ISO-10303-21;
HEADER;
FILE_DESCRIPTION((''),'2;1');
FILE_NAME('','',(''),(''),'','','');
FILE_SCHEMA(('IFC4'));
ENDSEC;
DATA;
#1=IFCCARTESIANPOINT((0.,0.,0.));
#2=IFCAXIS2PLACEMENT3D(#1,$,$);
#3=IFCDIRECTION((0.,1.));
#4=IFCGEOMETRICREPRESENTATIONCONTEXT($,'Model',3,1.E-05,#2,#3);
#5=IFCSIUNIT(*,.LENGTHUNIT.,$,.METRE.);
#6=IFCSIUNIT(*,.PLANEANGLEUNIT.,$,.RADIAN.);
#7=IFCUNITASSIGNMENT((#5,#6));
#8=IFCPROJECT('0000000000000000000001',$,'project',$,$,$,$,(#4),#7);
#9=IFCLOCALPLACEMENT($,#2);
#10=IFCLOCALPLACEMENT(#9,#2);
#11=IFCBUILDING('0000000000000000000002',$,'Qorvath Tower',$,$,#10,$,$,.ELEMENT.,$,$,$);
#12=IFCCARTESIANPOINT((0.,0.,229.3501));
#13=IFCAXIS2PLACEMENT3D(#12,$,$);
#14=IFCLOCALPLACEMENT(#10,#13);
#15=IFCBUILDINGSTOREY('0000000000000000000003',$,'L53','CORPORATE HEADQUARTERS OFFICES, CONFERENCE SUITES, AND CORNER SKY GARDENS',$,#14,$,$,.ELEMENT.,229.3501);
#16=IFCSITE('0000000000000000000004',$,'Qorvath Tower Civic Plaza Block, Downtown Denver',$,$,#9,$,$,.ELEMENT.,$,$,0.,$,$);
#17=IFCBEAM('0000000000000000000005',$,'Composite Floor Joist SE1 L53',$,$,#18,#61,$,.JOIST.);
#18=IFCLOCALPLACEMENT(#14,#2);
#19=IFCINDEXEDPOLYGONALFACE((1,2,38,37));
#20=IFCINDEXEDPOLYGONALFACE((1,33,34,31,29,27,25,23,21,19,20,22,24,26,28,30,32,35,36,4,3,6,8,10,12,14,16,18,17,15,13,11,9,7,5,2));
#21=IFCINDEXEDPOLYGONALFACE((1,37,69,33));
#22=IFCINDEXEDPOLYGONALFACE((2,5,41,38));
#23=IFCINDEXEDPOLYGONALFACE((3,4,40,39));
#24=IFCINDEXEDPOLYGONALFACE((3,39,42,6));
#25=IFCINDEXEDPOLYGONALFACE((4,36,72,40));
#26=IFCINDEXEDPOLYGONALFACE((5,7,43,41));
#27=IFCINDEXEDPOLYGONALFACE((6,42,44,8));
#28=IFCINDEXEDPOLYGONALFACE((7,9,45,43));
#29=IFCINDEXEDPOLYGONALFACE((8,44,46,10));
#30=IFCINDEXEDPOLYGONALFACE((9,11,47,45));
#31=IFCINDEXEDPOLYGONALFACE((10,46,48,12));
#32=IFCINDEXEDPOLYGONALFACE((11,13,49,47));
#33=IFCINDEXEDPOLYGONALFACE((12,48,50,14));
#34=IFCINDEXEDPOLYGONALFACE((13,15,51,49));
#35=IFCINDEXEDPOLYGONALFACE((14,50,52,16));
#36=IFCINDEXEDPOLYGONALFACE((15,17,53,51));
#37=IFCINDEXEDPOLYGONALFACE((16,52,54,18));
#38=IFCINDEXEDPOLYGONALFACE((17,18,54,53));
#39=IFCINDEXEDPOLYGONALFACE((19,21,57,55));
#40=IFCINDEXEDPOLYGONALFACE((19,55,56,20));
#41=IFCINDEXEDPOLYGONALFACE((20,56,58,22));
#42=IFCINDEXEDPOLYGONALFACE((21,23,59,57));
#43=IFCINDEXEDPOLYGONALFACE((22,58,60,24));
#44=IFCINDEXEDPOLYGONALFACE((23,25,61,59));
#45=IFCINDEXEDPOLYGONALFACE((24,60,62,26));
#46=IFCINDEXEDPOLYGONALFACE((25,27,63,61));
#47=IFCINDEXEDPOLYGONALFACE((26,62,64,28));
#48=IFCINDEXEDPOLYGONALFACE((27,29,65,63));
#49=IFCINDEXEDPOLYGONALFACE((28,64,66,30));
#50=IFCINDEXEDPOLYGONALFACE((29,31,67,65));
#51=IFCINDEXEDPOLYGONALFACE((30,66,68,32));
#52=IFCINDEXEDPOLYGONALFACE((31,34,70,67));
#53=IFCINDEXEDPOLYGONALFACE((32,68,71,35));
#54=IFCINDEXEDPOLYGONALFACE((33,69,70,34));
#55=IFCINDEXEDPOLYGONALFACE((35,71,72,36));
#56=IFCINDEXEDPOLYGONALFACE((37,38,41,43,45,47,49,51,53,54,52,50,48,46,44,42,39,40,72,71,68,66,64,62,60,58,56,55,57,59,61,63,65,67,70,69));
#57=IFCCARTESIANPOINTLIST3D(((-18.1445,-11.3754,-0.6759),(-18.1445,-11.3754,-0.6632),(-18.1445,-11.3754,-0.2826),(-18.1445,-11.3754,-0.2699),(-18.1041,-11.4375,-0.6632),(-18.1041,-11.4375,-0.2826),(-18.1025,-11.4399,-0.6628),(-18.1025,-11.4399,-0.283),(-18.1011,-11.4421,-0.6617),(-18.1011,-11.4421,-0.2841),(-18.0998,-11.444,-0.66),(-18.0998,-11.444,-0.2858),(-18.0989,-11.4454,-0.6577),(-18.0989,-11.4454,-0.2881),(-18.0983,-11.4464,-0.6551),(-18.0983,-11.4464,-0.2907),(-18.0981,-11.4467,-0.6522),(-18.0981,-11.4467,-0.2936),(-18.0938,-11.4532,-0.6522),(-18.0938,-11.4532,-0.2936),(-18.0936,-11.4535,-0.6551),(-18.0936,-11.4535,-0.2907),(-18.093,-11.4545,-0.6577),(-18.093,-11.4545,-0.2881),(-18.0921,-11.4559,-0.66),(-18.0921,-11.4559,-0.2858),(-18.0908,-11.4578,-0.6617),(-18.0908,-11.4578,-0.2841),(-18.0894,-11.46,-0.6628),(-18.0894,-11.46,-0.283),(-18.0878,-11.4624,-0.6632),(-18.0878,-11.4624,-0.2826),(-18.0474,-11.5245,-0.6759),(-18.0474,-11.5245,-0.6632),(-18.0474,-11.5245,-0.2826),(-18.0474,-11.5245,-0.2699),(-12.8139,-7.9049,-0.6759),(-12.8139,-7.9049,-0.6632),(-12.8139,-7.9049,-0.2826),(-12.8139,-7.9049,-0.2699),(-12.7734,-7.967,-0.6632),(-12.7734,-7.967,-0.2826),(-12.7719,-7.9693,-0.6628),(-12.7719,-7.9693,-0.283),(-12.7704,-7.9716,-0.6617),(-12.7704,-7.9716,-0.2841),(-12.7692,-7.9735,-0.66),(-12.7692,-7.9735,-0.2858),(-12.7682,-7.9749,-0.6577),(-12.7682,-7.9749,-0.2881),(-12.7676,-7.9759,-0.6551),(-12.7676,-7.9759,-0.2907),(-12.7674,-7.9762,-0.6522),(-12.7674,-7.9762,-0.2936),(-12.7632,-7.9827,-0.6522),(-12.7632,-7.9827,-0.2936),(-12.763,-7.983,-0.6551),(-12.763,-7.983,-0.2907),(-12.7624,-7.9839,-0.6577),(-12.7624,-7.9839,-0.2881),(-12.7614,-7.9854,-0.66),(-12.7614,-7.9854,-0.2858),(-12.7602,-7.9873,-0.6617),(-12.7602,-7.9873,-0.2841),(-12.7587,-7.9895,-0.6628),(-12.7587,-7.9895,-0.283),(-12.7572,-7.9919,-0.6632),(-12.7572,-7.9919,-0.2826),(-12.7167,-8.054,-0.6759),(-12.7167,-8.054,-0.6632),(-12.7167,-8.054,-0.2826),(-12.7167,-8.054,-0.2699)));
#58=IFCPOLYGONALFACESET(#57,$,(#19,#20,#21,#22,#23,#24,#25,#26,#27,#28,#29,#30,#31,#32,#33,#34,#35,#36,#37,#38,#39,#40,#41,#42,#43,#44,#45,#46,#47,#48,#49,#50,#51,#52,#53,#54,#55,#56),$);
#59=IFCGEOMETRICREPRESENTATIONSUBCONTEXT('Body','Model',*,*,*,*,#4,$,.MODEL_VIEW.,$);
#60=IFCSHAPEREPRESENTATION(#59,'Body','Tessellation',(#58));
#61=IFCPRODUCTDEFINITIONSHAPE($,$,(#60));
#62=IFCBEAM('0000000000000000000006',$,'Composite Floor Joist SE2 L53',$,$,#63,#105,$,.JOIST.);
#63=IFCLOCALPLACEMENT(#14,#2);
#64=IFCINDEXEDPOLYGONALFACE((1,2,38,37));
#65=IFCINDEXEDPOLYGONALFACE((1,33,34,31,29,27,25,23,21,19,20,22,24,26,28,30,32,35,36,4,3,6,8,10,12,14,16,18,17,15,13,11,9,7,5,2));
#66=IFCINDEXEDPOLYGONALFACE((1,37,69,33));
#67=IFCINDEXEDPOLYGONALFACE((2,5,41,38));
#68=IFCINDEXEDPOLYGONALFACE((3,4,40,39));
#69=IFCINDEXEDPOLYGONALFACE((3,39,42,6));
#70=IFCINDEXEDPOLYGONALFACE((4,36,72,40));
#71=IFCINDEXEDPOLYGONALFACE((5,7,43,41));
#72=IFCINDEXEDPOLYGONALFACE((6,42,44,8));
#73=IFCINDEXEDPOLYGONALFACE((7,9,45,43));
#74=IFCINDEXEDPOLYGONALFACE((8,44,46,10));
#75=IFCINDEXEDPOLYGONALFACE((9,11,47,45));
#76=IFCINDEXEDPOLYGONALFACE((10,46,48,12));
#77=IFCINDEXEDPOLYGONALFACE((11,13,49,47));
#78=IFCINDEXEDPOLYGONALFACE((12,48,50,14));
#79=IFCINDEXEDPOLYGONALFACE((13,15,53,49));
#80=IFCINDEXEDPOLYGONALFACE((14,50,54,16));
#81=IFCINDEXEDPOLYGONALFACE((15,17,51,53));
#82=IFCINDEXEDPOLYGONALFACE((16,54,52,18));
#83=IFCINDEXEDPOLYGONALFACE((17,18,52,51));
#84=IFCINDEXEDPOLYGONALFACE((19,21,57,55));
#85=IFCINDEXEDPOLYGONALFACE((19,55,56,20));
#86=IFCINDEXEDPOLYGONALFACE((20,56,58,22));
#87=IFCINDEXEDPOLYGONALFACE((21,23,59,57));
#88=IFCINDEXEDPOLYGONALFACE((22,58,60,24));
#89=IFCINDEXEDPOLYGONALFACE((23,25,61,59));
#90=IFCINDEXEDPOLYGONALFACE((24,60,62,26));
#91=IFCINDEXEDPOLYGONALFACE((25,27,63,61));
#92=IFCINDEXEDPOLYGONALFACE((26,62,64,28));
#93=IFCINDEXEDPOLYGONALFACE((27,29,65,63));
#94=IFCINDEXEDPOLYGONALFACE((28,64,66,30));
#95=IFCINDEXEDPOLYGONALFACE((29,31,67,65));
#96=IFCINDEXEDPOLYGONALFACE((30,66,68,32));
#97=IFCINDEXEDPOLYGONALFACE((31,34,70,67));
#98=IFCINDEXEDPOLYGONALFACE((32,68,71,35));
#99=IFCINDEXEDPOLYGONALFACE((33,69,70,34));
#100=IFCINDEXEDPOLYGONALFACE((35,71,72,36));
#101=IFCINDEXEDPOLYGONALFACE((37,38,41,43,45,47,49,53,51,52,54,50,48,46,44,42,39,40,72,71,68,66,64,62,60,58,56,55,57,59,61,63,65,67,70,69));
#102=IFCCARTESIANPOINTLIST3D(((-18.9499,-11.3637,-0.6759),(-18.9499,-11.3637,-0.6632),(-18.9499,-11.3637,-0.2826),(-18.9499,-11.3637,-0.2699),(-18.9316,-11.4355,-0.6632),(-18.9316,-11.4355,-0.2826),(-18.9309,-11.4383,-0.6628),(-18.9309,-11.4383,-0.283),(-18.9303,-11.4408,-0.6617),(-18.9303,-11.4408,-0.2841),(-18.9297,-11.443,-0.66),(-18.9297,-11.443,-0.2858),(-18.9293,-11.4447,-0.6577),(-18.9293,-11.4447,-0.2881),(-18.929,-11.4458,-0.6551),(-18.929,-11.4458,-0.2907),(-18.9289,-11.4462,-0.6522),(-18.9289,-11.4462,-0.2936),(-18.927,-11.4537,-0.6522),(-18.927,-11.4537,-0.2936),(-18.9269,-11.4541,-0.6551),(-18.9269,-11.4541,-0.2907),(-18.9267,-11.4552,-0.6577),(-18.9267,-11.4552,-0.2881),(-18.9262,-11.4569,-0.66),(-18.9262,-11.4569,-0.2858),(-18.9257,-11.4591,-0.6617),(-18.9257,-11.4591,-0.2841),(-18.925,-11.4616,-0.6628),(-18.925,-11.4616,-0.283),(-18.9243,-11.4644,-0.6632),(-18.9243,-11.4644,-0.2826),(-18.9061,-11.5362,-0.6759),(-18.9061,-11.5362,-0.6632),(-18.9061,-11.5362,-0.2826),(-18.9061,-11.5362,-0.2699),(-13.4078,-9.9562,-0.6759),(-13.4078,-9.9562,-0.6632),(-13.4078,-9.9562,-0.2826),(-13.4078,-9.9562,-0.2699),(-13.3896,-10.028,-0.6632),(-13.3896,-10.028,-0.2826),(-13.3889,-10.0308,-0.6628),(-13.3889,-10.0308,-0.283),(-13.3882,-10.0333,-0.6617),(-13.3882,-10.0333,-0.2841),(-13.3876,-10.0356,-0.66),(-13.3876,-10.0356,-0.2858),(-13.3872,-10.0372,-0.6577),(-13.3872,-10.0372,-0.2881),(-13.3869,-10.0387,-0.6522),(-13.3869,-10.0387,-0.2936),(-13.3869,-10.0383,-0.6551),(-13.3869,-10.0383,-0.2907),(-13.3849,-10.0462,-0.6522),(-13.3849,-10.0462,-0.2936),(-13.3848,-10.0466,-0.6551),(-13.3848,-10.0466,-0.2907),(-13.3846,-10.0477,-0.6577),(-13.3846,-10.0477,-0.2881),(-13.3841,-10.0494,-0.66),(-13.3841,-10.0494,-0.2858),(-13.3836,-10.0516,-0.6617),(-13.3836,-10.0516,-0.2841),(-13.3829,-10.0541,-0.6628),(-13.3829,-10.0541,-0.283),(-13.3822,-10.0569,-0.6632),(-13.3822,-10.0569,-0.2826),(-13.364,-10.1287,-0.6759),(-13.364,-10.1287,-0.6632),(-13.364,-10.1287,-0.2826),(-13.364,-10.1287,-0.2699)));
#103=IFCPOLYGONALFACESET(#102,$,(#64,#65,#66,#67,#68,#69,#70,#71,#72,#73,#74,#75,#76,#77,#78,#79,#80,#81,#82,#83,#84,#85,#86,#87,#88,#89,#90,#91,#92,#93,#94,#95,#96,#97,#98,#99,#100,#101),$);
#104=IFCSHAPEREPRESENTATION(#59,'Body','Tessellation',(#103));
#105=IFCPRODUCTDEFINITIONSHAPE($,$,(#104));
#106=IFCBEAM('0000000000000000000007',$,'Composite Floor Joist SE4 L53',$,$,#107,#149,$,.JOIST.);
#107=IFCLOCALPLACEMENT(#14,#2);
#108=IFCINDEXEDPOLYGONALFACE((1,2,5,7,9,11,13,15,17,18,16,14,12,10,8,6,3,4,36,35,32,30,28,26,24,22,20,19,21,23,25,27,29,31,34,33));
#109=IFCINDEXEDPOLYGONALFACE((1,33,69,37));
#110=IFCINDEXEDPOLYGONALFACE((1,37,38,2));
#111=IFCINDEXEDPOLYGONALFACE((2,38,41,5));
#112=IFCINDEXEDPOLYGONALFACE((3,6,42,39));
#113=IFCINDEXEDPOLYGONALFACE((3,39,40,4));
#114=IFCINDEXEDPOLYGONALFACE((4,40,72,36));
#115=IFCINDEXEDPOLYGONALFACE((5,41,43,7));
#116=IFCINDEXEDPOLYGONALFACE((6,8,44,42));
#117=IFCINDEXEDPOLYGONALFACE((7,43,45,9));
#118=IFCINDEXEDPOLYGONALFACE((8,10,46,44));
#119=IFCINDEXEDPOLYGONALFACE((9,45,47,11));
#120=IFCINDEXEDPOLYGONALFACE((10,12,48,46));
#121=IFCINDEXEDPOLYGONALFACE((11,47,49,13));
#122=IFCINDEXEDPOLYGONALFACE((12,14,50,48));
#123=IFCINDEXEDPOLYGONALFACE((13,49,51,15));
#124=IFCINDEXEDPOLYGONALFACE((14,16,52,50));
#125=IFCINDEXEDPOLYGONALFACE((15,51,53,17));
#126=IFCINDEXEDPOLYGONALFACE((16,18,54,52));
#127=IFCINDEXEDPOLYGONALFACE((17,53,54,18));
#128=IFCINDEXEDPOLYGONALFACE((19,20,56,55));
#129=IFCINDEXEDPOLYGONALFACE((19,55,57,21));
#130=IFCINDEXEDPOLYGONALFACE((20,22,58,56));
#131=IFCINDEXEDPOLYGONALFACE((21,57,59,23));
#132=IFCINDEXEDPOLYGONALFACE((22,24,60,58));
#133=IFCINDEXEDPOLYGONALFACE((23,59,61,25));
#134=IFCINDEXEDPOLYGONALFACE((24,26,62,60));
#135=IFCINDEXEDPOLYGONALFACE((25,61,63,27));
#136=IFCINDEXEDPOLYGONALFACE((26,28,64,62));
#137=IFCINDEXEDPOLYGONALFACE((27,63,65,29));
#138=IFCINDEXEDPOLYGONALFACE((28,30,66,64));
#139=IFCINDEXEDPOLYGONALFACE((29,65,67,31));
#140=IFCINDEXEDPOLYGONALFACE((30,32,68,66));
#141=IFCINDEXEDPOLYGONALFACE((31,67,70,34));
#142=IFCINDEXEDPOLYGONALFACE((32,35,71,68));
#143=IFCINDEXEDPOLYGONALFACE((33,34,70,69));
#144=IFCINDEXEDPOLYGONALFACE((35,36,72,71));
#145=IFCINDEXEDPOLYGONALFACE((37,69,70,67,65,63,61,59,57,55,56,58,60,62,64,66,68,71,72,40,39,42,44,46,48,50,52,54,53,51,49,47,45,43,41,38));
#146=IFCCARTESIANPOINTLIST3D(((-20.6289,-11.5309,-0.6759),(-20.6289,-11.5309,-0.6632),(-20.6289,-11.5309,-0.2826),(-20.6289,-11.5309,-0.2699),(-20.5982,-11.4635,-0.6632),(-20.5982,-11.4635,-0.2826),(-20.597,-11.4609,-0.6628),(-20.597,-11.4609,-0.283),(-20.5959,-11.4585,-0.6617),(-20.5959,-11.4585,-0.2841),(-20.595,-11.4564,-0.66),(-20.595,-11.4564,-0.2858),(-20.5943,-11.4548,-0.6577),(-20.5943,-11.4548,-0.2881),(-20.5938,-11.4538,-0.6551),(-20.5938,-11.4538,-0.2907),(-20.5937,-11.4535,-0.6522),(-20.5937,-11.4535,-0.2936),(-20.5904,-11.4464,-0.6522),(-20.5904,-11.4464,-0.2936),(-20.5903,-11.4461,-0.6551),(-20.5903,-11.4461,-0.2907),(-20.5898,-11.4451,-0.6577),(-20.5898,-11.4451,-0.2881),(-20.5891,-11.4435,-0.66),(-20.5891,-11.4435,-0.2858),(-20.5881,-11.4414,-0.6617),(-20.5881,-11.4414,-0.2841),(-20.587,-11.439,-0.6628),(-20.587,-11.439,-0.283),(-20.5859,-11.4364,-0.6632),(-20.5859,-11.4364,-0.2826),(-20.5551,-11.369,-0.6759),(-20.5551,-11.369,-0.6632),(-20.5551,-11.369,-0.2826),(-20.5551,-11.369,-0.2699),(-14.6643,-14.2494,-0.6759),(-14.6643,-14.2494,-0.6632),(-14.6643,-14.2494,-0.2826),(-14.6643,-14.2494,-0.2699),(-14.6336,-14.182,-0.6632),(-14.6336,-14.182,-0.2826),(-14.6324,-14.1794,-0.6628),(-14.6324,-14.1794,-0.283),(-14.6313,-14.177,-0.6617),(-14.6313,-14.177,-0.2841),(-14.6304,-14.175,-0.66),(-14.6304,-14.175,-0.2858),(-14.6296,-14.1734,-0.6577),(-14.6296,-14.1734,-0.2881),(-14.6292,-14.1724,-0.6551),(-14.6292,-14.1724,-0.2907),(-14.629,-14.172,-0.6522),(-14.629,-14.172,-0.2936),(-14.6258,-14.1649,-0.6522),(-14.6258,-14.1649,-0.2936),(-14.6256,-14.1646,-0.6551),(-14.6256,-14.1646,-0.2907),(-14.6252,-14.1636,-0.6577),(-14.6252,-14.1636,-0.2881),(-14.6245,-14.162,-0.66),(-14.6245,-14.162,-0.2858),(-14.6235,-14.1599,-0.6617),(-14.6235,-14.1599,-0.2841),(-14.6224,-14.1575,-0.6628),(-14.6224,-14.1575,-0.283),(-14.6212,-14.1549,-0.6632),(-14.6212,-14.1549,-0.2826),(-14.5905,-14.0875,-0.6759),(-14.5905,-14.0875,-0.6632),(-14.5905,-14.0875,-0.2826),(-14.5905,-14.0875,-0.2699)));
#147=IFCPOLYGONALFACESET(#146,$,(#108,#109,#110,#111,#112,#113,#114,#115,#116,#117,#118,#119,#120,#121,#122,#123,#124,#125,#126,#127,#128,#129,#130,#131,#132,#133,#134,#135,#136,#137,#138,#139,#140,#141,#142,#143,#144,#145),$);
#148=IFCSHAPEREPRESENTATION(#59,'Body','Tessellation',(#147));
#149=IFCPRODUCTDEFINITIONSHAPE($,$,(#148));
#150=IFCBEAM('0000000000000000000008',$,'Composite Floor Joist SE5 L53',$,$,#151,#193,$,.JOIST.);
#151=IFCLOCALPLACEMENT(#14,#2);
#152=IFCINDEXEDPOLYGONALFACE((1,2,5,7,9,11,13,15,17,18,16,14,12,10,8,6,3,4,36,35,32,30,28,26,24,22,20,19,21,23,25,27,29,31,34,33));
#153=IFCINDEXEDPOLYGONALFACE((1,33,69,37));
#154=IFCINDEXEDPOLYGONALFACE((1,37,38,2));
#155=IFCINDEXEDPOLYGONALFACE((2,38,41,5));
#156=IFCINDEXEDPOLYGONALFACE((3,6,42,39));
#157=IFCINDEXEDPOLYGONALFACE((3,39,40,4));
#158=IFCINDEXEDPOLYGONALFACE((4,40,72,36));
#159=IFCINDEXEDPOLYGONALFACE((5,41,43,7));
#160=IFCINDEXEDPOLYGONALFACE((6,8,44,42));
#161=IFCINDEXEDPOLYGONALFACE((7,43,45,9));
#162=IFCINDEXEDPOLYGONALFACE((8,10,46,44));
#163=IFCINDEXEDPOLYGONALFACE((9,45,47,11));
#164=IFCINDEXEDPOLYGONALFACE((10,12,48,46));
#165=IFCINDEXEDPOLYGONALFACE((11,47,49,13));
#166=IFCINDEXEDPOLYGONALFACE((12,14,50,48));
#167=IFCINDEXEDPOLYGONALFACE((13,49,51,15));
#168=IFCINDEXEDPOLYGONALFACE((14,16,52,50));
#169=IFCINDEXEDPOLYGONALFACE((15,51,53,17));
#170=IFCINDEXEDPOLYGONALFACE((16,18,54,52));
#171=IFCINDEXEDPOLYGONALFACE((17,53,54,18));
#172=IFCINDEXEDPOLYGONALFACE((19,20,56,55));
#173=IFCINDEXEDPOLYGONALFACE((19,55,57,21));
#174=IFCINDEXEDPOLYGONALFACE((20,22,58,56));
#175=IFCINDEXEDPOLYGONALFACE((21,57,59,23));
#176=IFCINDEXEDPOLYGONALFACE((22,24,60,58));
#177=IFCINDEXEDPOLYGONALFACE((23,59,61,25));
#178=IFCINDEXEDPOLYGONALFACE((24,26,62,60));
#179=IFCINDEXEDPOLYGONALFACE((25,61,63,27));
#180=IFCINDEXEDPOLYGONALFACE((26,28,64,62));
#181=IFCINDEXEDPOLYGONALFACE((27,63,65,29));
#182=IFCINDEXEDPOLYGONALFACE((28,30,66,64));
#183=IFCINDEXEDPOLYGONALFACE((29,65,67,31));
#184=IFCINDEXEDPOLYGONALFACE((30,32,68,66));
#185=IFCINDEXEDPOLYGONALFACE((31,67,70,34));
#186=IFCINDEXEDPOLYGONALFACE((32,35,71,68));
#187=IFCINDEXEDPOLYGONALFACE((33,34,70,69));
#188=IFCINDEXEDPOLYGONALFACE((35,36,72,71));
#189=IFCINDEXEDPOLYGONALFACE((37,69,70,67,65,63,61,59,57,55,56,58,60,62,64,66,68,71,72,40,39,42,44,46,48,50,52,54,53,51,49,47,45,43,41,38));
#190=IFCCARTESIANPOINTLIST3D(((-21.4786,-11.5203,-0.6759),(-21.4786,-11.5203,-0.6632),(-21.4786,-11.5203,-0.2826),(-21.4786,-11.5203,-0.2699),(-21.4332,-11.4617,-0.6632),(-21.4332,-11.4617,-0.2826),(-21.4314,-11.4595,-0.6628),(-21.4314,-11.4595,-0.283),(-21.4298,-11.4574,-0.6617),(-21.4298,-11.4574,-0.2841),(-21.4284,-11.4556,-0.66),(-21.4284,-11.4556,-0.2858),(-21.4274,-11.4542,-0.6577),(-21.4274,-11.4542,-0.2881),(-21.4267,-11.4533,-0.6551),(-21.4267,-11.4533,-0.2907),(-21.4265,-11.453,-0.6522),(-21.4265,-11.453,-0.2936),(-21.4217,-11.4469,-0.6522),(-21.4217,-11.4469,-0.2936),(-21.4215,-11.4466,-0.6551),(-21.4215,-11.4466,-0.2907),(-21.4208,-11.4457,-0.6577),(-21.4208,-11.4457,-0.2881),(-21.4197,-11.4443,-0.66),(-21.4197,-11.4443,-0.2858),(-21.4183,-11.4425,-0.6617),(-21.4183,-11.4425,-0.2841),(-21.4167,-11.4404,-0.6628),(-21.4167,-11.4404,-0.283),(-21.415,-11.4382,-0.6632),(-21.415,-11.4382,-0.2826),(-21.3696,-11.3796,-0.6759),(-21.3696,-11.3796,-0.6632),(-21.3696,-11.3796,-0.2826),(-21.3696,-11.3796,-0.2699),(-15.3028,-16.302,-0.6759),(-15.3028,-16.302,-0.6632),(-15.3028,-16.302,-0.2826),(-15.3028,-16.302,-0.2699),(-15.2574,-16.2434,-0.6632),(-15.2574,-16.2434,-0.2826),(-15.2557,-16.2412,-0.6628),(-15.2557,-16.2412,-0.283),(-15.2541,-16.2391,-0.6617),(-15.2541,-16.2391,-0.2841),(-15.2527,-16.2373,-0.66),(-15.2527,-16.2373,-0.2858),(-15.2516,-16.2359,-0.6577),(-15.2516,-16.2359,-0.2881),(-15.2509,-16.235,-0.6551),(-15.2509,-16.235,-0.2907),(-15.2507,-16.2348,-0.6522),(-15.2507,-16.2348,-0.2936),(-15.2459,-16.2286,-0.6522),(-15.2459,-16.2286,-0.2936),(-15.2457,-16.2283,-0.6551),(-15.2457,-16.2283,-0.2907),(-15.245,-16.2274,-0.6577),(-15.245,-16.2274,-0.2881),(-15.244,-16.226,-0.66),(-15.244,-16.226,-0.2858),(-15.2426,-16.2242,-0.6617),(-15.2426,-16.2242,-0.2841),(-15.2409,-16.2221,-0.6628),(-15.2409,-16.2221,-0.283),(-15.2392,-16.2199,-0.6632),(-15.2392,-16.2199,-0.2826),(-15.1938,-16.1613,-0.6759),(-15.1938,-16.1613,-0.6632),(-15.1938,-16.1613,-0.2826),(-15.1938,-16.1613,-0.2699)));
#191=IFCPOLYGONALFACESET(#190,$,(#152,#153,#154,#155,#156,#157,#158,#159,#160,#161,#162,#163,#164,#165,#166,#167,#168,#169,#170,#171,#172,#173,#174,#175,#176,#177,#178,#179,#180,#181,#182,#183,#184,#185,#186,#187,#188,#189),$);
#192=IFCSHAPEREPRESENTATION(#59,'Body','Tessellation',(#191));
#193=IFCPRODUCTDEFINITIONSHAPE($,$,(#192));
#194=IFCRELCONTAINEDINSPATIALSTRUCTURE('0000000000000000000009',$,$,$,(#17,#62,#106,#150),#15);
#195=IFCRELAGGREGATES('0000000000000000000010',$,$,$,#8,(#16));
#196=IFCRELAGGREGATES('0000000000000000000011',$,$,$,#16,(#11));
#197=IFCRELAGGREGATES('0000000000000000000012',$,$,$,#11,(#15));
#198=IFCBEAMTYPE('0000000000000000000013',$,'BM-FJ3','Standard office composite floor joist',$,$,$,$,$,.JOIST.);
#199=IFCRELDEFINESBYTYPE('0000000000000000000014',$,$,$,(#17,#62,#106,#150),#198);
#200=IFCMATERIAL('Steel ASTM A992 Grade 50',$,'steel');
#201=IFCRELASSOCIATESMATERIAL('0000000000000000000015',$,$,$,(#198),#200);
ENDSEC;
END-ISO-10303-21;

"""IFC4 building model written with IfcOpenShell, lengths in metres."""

from ifc_helpers import new_model, si_unit, direction, frame, origin, origin_2d, place, context, subcontext, project, spatial, i_section, extrude, material, material_profile, profile_set, type_object, element, save


model = new_model("IFC4")

# Units and contexts
model_context = context("Model", 3, precision=1e-05, world=origin(), true_north=direction((0.0, 1.0)))
body_context = subcontext(model_context, "Body", "Model", "MODEL_VIEW")
ifc_project = project(units=[si_unit("LENGTHUNIT", "METRE"), si_unit("PLANEANGLEUNIT", "RADIAN")], contexts=[model_context])

# Site, building, storey
site_placement = place(None, origin())
site = spatial("IfcSite", under=ifc_project, at=site_placement, Name="Qorvath Tower Civic Plaza Block, Downtown Denver", CompositionType="ELEMENT", RefElevation=0.0)
building_placement = place(site_placement, origin())
building = spatial("IfcBuilding", under=site, at=building_placement, Name="Qorvath Tower", CompositionType="ELEMENT")
storey_placement = place(building_placement, frame((0.0, 0.0, 229.3501)))
storey = spatial("IfcBuildingStorey", under=building, at=storey_placement, Name="L53", Description="CORPORATE HEADQUARTERS OFFICES, CONFERENCE SUITES, AND CORNER SKY GARDENS", CompositionType="ELEMENT", Elevation=229.3501)

# Beams
ifc_material_1 = material(Name="Steel ASTM A992 Grade 50", Category="steel")
ifc_material_profile_1 = material_profile(ifc_material_1, i_section(OverallWidth=0.178, OverallDepth=0.406, WebThickness=0.0078, FlangeThickness=0.0127, FilletRadius=0.011, at=origin_2d()), Name="W16x40")
ifc_profile_set_1 = profile_set([ifc_material_profile_1], Name="Steel ASTM A992 Grade 50")
beam_type_1 = type_object("IfcBeamType", Name="BM-FJ3", Description="Standard office composite floor joist", PredefinedType="JOIST", material=ifc_profile_set_1)
beam_1_placement = place(storey_placement, frame((-18.0959, -11.45, -0.4729), z_axis=(0.838042, 0.545606, 0.0), x_axis=(-0.545606, 0.838042, 0.0)))
element("IfcBeam", 1, at=beam_1_placement, inside=storey, type_object=beam_type_1, Name="Composite Floor Joist SE1 L53", PredefinedType="JOIST", context=body_context, shape_type="SweptSolid", body=[
    extrude(i_section(OverallWidth=0.178, OverallDepth=0.406, WebThickness=0.0078, FlangeThickness=0.0127, FilletRadius=0.011, at=origin_2d()), origin(), (0.0, 0.0, 1.0), 6.3608),
])
beam_2_placement = place(storey_placement, frame((-18.928, -11.45, -0.4729), z_axis=(0.969232, 0.246151, 0.0), x_axis=(-0.246151, 0.969232, 0.0)))
element("IfcBeam", 2, at=beam_2_placement, inside=storey, type_object=beam_type_1, Name="Composite Floor Joist SE2 L53", PredefinedType="JOIST", context=body_context, shape_type="SweptSolid", body=[
    extrude(i_section(OverallWidth=0.178, OverallDepth=0.406, WebThickness=0.0078, FlangeThickness=0.0127, FilletRadius=0.011, at=origin_2d()), origin(), (0.0, 0.0, 1.0), 5.718),
])
beam_3_placement = place(storey_placement, frame((-20.592, -11.45, -0.4729), z_axis=(0.909945, -0.414729, 0.0), x_axis=(0.414729, 0.909945, 0.0)))
element("IfcBeam", 3, at=beam_3_placement, inside=storey, type_object=beam_type_1, Name="Composite Floor Joist SE4 L53", PredefinedType="JOIST", context=body_context, shape_type="SweptSolid", body=[
    extrude(i_section(OverallWidth=0.178, OverallDepth=0.406, WebThickness=0.0078, FlangeThickness=0.0127, FilletRadius=0.011, at=origin_2d()), origin(), (0.0, 0.0, 1.0), 6.5549),
])
beam_4_placement = place(storey_placement, frame((-21.4241, -11.45, -0.4729), z_axis=(0.790693, -0.612212, 0.0), x_axis=(0.612212, 0.790693, 0.0)))
element("IfcBeam", 4, at=beam_4_placement, inside=storey, type_object=beam_type_1, Name="Composite Floor Joist SE5 L53", PredefinedType="JOIST", context=body_context, shape_type="SweptSolid", body=[
    extrude(i_section(OverallWidth=0.178, OverallDepth=0.406, WebThickness=0.0078, FlangeThickness=0.0127, FilletRadius=0.011, at=origin_2d()), origin(), (0.0, 0.0, 1.0), 7.8105),
])

save(model, "model.ifc")
